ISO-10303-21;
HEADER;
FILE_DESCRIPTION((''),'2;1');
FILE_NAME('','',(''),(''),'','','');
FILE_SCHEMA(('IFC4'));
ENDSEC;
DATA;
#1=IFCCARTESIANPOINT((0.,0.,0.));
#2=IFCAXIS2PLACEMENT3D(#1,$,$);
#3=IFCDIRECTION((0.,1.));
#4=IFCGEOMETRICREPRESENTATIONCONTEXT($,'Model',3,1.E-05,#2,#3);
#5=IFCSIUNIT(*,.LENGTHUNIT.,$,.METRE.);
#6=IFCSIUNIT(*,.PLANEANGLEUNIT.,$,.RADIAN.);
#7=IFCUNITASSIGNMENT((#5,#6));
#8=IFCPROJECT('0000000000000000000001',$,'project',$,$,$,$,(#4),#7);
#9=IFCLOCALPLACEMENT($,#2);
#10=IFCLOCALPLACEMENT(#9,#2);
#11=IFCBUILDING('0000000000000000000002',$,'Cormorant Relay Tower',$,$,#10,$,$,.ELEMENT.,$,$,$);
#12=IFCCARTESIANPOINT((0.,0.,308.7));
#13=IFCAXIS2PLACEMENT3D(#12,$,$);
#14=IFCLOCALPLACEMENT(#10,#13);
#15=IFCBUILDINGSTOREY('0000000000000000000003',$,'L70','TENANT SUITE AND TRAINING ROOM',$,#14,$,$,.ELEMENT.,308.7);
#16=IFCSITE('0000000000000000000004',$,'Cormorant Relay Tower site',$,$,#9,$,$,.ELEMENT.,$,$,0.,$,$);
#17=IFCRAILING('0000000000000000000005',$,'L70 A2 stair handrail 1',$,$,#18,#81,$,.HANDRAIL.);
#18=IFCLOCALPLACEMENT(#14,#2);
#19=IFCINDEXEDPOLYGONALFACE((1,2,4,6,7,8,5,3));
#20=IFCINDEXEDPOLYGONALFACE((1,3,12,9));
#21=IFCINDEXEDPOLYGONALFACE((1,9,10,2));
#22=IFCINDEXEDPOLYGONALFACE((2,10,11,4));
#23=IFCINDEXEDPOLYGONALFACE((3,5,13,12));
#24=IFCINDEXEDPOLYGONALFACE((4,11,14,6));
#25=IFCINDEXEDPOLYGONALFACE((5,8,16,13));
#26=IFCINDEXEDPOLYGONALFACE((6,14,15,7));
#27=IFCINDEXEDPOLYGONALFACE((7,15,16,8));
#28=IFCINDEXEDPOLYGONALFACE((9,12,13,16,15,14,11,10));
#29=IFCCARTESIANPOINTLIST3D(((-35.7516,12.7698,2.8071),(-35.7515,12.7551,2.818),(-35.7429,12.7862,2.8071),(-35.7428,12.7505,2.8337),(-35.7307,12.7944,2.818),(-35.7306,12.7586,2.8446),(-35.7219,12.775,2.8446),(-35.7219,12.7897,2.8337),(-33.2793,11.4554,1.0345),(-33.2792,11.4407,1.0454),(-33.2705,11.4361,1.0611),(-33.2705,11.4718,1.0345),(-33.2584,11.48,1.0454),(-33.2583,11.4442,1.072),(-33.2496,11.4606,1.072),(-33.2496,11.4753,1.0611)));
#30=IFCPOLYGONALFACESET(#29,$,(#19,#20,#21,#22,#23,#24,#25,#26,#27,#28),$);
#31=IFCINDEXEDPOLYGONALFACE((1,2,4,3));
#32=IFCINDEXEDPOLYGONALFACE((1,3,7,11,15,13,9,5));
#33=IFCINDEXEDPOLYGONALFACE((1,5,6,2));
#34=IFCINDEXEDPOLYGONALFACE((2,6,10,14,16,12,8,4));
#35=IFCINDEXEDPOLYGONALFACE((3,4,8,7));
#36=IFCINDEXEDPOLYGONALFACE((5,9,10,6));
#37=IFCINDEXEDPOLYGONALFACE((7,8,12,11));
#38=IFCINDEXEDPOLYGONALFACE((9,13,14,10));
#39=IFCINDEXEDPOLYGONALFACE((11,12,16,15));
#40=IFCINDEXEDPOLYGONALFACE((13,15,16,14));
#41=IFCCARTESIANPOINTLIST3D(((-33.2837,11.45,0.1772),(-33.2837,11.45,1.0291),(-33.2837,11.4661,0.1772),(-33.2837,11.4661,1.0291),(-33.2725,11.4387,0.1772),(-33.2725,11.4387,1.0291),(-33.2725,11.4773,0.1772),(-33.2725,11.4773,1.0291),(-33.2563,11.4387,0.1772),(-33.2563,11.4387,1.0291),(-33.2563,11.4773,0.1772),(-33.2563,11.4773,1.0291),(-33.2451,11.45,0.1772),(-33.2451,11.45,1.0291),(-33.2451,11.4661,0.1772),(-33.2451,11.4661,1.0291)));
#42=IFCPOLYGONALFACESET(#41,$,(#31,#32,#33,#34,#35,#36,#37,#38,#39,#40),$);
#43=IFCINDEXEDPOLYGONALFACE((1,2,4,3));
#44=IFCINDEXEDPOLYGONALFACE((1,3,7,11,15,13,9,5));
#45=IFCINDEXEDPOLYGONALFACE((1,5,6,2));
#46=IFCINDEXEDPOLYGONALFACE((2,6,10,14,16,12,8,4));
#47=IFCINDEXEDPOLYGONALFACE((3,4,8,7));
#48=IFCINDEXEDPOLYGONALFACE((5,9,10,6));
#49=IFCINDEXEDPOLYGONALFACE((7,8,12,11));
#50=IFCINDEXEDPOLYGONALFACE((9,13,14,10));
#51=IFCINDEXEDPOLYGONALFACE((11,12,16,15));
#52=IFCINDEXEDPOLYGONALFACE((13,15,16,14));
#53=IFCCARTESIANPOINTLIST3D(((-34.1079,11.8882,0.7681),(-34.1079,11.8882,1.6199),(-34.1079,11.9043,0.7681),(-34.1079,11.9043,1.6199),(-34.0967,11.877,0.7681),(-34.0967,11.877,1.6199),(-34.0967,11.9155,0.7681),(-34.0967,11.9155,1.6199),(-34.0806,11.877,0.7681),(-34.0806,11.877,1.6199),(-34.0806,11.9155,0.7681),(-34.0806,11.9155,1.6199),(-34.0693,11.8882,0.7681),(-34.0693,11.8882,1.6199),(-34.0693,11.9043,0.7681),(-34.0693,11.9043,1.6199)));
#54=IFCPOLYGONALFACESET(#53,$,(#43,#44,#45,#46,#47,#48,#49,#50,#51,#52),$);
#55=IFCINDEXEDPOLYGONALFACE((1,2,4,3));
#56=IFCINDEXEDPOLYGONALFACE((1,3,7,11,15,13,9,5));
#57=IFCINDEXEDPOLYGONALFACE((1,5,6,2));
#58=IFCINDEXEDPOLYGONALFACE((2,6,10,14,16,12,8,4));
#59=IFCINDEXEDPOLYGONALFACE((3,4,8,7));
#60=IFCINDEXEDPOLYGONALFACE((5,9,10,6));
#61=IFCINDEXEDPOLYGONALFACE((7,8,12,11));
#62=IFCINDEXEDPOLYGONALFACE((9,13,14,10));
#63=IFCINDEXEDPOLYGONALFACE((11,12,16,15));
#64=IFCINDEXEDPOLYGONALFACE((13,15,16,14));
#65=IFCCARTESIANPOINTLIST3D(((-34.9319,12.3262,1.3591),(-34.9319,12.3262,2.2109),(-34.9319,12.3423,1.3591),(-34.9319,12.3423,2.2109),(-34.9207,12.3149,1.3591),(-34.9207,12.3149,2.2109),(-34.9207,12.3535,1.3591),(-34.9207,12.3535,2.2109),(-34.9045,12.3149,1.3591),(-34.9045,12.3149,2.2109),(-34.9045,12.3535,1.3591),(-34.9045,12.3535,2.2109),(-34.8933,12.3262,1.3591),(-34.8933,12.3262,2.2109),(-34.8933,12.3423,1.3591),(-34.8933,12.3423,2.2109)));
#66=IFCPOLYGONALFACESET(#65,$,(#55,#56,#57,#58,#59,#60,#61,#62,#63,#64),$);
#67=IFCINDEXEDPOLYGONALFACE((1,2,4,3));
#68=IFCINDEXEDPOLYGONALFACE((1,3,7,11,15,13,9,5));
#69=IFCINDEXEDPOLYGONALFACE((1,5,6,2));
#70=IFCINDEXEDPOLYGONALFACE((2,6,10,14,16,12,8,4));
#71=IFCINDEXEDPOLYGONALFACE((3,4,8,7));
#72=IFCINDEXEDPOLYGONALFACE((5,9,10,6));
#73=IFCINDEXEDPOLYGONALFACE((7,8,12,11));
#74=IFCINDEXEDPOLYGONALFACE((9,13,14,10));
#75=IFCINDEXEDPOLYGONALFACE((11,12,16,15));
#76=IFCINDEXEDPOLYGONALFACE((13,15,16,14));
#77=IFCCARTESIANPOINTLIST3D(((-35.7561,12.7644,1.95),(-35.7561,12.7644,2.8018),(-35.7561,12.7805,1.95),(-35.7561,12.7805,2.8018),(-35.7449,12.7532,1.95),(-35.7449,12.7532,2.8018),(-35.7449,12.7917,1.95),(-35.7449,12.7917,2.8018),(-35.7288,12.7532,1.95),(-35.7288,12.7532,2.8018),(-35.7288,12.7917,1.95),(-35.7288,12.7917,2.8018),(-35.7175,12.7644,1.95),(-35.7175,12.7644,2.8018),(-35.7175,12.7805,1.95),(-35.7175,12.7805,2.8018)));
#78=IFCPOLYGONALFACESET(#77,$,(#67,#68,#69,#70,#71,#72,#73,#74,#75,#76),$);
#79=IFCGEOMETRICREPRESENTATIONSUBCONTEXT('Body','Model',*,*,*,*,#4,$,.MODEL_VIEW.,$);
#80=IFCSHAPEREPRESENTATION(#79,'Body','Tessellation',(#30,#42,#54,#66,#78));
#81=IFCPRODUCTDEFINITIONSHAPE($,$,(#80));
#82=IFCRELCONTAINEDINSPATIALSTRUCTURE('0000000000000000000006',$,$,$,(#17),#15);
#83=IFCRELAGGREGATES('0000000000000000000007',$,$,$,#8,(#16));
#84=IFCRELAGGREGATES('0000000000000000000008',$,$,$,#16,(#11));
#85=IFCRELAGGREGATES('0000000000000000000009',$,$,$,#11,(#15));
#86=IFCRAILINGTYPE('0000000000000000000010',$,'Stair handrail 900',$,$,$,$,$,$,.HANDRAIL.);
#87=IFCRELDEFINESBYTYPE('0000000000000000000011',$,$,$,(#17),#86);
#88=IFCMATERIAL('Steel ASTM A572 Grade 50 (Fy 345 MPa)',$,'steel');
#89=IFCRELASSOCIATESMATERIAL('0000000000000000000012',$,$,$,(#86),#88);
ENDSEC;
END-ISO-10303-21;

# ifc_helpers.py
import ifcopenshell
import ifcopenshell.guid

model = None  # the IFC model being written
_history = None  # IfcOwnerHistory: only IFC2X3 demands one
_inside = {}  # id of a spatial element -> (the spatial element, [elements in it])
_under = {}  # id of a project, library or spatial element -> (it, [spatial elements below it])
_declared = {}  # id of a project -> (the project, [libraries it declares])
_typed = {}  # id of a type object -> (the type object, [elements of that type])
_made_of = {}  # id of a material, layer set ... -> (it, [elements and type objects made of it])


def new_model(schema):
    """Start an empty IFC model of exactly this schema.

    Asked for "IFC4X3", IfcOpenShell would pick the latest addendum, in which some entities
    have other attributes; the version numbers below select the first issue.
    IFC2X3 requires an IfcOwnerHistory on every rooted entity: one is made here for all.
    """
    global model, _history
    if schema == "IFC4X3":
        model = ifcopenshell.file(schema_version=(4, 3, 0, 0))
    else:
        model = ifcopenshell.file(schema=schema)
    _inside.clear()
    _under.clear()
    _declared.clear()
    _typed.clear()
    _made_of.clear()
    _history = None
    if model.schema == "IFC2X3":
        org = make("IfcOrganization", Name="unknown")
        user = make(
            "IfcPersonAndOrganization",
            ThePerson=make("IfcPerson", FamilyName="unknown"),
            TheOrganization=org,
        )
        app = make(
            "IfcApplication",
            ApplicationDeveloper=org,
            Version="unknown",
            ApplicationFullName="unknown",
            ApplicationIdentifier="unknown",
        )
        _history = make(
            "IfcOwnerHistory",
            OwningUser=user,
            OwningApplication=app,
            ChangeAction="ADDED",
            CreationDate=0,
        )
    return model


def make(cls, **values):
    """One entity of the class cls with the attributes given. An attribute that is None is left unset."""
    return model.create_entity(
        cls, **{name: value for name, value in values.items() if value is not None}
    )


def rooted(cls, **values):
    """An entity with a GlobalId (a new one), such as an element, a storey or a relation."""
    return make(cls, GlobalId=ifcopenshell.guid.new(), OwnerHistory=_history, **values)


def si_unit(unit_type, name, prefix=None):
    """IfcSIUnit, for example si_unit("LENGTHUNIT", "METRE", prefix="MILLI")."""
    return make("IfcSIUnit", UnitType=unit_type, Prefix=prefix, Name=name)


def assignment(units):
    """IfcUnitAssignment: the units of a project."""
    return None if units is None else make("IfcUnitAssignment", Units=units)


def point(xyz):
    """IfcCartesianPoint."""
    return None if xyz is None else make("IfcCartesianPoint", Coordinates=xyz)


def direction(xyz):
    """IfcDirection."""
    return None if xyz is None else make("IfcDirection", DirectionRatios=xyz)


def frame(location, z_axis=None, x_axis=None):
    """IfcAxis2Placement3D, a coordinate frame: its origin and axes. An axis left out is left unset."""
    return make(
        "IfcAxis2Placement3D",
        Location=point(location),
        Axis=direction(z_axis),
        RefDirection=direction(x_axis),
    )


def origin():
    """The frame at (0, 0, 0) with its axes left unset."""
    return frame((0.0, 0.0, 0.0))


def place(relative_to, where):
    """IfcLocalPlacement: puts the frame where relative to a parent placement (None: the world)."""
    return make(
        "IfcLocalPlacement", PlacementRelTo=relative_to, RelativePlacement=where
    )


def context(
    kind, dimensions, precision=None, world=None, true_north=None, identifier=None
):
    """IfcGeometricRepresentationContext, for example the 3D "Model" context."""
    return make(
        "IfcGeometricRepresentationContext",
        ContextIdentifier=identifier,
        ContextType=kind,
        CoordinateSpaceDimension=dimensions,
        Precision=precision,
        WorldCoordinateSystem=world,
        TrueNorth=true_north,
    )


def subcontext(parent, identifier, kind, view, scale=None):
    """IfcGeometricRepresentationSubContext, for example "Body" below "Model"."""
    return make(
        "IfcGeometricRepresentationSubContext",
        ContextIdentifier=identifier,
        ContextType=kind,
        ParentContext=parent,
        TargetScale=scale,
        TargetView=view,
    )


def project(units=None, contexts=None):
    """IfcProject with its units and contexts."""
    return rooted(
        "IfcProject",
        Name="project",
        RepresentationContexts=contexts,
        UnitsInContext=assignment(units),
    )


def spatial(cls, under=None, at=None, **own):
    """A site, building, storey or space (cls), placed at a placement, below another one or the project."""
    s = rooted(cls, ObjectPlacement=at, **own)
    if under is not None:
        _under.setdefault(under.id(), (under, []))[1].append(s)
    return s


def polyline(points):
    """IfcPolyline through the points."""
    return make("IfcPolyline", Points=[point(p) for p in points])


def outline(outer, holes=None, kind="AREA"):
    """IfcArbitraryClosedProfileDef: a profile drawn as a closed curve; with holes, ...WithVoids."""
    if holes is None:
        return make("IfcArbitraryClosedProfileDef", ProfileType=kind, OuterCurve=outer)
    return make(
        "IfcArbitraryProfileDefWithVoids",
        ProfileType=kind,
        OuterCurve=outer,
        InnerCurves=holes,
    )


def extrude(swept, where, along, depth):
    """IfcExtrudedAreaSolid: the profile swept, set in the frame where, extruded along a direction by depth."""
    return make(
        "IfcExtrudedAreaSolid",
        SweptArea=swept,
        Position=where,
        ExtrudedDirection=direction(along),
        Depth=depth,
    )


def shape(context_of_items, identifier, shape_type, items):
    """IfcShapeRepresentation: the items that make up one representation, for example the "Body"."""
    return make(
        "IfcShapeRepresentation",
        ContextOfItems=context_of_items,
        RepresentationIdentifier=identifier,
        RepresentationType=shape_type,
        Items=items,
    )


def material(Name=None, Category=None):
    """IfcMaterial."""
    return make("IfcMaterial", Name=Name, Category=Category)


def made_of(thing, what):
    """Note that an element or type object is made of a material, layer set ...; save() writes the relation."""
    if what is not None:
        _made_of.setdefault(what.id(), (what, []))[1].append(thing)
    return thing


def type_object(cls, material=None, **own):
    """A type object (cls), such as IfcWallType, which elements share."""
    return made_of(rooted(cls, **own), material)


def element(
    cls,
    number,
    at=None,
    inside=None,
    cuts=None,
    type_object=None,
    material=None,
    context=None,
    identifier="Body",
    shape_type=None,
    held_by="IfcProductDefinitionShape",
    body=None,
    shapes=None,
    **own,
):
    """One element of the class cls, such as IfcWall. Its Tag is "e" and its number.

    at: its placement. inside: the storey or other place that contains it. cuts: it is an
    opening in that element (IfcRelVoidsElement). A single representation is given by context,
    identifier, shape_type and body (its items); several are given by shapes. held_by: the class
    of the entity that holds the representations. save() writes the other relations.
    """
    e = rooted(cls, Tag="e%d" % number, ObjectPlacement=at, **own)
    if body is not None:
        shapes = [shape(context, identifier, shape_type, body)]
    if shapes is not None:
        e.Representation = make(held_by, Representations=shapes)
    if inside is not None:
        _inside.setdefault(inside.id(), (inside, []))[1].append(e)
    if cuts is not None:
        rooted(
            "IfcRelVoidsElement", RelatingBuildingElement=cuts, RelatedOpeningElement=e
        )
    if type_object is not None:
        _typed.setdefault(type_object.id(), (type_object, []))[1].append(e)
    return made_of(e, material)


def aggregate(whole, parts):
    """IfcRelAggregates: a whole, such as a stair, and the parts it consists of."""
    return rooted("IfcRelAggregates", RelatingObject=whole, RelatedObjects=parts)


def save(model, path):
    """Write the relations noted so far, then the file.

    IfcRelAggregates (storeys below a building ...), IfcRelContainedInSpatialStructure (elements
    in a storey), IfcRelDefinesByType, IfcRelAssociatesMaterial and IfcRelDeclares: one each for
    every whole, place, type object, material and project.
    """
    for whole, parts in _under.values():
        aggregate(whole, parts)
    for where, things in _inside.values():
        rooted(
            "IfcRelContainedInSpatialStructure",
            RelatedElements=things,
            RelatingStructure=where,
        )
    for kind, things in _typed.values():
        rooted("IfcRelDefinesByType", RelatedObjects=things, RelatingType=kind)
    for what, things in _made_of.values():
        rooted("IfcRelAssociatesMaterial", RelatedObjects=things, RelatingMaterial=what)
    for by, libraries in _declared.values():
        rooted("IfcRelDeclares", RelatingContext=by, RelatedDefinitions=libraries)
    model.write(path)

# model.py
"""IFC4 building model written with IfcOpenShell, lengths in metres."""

from ifc_helpers import new_model, si_unit, direction, frame, origin, place, context, subcontext, project, spatial, polyline, outline, extrude, material, type_object, element, save


model = new_model("IFC4")

# Units and contexts
model_context = context("Model", 3, precision=1e-05, world=origin(), true_north=direction((0.0, 1.0)))
body_context = subcontext(model_context, "Body", "Model", "MODEL_VIEW")
ifc_project = project(units=[si_unit("LENGTHUNIT", "METRE"), si_unit("PLANEANGLEUNIT", "RADIAN")], contexts=[model_context])

# Site, building, storey
site_placement = place(None, origin())
site = spatial("IfcSite", under=ifc_project, at=site_placement, Name="Cormorant Relay Tower site", CompositionType="ELEMENT", RefElevation=0.0)
building_placement = place(site_placement, origin())
building = spatial("IfcBuilding", under=site, at=building_placement, Name="Cormorant Relay Tower", CompositionType="ELEMENT")
storey_placement = place(building_placement, frame((0.0, 0.0, 308.7)))
storey = spatial("IfcBuildingStorey", under=building, at=storey_placement, Name="L70", Description="TENANT SUITE AND TRAINING ROOM", CompositionType="ELEMENT", Elevation=308.7)

# Railing
ifc_material_1 = material(Name="Steel ASTM A572 Grade 50 (Fy 345 MPa)", Category="steel")
railing_type_1 = type_object("IfcRailingType", Name="Stair handrail 900", PredefinedType="HANDRAIL", material=ifc_material_1)
railing_1_placement = place(storey_placement, frame((-33.2644, 11.458, 0.1772)))
element("IfcRailing", 1, at=railing_1_placement, inside=storey, type_object=railing_type_1, Name="L70 A2 stair handrail 1", PredefinedType="HANDRAIL", context=body_context, shape_type="SweptSolid", body=[
    extrude(outline(polyline([(0.0222, 0.0093), (0.0093, 0.0222), (-0.0093, 0.0222), (-0.0222, 0.0093), (-0.0222, -0.0093), (-0.0093, -0.0222), (0.0093, -0.0222), (0.0222, -0.0093), (0.0222, 0.0093)])), frame((0.0, 0.0, 0.876), z_axis=(-0.746034, 0.396627, 0.534902), x_axis=(-0.469429, -0.88297, 0.0)), (0.0, 0.0, 1.0), 3.314),
    extrude(outline(polyline([(0.0193, 0.0081), (0.0081, 0.0193), (-0.0081, 0.0193), (-0.0193, 0.0081), (-0.0193, -0.0081), (-0.0081, -0.0193), (0.0081, -0.0193), (0.0193, -0.0081), (0.0193, 0.0081)])), origin(), (0.0, 0.0, 1.0), 0.8518),
    extrude(outline(polyline([(0.0193, 0.0081), (0.0081, 0.0193), (-0.0081, 0.0193), (-0.0193, 0.0081), (-0.0193, -0.0081), (-0.0081, -0.0193), (0.0081, -0.0193), (0.0193, -0.0081), (0.0193, 0.0081)])), frame((-0.8242, 0.4382, 0.5908)), (0.0, 0.0, 1.0), 0.8518),
    extrude(outline(polyline([(0.0193, 0.0081), (0.0081, 0.0193), (-0.0081, 0.0193), (-0.0193, 0.0081), (-0.0193, -0.0081), (-0.0081, -0.0193), (0.0081, -0.0193), (0.0193, -0.0081), (0.0193, 0.0081)])), frame((-1.6482, 0.8762, 1.1819)), (0.0, 0.0, 1.0), 0.8518),
    extrude(outline(polyline([(0.0193, 0.0081), (0.0081, 0.0193), (-0.0081, 0.0193), (-0.0193, 0.0081), (-0.0193, -0.0081), (-0.0081, -0.0193), (0.0081, -0.0193), (0.0193, -0.0081), (0.0193, 0.0081)])), frame((-2.4724, 1.3145, 1.7727)), (0.0, 0.0, 1.0), 0.8518),
])

save(model, "model.ifc")
